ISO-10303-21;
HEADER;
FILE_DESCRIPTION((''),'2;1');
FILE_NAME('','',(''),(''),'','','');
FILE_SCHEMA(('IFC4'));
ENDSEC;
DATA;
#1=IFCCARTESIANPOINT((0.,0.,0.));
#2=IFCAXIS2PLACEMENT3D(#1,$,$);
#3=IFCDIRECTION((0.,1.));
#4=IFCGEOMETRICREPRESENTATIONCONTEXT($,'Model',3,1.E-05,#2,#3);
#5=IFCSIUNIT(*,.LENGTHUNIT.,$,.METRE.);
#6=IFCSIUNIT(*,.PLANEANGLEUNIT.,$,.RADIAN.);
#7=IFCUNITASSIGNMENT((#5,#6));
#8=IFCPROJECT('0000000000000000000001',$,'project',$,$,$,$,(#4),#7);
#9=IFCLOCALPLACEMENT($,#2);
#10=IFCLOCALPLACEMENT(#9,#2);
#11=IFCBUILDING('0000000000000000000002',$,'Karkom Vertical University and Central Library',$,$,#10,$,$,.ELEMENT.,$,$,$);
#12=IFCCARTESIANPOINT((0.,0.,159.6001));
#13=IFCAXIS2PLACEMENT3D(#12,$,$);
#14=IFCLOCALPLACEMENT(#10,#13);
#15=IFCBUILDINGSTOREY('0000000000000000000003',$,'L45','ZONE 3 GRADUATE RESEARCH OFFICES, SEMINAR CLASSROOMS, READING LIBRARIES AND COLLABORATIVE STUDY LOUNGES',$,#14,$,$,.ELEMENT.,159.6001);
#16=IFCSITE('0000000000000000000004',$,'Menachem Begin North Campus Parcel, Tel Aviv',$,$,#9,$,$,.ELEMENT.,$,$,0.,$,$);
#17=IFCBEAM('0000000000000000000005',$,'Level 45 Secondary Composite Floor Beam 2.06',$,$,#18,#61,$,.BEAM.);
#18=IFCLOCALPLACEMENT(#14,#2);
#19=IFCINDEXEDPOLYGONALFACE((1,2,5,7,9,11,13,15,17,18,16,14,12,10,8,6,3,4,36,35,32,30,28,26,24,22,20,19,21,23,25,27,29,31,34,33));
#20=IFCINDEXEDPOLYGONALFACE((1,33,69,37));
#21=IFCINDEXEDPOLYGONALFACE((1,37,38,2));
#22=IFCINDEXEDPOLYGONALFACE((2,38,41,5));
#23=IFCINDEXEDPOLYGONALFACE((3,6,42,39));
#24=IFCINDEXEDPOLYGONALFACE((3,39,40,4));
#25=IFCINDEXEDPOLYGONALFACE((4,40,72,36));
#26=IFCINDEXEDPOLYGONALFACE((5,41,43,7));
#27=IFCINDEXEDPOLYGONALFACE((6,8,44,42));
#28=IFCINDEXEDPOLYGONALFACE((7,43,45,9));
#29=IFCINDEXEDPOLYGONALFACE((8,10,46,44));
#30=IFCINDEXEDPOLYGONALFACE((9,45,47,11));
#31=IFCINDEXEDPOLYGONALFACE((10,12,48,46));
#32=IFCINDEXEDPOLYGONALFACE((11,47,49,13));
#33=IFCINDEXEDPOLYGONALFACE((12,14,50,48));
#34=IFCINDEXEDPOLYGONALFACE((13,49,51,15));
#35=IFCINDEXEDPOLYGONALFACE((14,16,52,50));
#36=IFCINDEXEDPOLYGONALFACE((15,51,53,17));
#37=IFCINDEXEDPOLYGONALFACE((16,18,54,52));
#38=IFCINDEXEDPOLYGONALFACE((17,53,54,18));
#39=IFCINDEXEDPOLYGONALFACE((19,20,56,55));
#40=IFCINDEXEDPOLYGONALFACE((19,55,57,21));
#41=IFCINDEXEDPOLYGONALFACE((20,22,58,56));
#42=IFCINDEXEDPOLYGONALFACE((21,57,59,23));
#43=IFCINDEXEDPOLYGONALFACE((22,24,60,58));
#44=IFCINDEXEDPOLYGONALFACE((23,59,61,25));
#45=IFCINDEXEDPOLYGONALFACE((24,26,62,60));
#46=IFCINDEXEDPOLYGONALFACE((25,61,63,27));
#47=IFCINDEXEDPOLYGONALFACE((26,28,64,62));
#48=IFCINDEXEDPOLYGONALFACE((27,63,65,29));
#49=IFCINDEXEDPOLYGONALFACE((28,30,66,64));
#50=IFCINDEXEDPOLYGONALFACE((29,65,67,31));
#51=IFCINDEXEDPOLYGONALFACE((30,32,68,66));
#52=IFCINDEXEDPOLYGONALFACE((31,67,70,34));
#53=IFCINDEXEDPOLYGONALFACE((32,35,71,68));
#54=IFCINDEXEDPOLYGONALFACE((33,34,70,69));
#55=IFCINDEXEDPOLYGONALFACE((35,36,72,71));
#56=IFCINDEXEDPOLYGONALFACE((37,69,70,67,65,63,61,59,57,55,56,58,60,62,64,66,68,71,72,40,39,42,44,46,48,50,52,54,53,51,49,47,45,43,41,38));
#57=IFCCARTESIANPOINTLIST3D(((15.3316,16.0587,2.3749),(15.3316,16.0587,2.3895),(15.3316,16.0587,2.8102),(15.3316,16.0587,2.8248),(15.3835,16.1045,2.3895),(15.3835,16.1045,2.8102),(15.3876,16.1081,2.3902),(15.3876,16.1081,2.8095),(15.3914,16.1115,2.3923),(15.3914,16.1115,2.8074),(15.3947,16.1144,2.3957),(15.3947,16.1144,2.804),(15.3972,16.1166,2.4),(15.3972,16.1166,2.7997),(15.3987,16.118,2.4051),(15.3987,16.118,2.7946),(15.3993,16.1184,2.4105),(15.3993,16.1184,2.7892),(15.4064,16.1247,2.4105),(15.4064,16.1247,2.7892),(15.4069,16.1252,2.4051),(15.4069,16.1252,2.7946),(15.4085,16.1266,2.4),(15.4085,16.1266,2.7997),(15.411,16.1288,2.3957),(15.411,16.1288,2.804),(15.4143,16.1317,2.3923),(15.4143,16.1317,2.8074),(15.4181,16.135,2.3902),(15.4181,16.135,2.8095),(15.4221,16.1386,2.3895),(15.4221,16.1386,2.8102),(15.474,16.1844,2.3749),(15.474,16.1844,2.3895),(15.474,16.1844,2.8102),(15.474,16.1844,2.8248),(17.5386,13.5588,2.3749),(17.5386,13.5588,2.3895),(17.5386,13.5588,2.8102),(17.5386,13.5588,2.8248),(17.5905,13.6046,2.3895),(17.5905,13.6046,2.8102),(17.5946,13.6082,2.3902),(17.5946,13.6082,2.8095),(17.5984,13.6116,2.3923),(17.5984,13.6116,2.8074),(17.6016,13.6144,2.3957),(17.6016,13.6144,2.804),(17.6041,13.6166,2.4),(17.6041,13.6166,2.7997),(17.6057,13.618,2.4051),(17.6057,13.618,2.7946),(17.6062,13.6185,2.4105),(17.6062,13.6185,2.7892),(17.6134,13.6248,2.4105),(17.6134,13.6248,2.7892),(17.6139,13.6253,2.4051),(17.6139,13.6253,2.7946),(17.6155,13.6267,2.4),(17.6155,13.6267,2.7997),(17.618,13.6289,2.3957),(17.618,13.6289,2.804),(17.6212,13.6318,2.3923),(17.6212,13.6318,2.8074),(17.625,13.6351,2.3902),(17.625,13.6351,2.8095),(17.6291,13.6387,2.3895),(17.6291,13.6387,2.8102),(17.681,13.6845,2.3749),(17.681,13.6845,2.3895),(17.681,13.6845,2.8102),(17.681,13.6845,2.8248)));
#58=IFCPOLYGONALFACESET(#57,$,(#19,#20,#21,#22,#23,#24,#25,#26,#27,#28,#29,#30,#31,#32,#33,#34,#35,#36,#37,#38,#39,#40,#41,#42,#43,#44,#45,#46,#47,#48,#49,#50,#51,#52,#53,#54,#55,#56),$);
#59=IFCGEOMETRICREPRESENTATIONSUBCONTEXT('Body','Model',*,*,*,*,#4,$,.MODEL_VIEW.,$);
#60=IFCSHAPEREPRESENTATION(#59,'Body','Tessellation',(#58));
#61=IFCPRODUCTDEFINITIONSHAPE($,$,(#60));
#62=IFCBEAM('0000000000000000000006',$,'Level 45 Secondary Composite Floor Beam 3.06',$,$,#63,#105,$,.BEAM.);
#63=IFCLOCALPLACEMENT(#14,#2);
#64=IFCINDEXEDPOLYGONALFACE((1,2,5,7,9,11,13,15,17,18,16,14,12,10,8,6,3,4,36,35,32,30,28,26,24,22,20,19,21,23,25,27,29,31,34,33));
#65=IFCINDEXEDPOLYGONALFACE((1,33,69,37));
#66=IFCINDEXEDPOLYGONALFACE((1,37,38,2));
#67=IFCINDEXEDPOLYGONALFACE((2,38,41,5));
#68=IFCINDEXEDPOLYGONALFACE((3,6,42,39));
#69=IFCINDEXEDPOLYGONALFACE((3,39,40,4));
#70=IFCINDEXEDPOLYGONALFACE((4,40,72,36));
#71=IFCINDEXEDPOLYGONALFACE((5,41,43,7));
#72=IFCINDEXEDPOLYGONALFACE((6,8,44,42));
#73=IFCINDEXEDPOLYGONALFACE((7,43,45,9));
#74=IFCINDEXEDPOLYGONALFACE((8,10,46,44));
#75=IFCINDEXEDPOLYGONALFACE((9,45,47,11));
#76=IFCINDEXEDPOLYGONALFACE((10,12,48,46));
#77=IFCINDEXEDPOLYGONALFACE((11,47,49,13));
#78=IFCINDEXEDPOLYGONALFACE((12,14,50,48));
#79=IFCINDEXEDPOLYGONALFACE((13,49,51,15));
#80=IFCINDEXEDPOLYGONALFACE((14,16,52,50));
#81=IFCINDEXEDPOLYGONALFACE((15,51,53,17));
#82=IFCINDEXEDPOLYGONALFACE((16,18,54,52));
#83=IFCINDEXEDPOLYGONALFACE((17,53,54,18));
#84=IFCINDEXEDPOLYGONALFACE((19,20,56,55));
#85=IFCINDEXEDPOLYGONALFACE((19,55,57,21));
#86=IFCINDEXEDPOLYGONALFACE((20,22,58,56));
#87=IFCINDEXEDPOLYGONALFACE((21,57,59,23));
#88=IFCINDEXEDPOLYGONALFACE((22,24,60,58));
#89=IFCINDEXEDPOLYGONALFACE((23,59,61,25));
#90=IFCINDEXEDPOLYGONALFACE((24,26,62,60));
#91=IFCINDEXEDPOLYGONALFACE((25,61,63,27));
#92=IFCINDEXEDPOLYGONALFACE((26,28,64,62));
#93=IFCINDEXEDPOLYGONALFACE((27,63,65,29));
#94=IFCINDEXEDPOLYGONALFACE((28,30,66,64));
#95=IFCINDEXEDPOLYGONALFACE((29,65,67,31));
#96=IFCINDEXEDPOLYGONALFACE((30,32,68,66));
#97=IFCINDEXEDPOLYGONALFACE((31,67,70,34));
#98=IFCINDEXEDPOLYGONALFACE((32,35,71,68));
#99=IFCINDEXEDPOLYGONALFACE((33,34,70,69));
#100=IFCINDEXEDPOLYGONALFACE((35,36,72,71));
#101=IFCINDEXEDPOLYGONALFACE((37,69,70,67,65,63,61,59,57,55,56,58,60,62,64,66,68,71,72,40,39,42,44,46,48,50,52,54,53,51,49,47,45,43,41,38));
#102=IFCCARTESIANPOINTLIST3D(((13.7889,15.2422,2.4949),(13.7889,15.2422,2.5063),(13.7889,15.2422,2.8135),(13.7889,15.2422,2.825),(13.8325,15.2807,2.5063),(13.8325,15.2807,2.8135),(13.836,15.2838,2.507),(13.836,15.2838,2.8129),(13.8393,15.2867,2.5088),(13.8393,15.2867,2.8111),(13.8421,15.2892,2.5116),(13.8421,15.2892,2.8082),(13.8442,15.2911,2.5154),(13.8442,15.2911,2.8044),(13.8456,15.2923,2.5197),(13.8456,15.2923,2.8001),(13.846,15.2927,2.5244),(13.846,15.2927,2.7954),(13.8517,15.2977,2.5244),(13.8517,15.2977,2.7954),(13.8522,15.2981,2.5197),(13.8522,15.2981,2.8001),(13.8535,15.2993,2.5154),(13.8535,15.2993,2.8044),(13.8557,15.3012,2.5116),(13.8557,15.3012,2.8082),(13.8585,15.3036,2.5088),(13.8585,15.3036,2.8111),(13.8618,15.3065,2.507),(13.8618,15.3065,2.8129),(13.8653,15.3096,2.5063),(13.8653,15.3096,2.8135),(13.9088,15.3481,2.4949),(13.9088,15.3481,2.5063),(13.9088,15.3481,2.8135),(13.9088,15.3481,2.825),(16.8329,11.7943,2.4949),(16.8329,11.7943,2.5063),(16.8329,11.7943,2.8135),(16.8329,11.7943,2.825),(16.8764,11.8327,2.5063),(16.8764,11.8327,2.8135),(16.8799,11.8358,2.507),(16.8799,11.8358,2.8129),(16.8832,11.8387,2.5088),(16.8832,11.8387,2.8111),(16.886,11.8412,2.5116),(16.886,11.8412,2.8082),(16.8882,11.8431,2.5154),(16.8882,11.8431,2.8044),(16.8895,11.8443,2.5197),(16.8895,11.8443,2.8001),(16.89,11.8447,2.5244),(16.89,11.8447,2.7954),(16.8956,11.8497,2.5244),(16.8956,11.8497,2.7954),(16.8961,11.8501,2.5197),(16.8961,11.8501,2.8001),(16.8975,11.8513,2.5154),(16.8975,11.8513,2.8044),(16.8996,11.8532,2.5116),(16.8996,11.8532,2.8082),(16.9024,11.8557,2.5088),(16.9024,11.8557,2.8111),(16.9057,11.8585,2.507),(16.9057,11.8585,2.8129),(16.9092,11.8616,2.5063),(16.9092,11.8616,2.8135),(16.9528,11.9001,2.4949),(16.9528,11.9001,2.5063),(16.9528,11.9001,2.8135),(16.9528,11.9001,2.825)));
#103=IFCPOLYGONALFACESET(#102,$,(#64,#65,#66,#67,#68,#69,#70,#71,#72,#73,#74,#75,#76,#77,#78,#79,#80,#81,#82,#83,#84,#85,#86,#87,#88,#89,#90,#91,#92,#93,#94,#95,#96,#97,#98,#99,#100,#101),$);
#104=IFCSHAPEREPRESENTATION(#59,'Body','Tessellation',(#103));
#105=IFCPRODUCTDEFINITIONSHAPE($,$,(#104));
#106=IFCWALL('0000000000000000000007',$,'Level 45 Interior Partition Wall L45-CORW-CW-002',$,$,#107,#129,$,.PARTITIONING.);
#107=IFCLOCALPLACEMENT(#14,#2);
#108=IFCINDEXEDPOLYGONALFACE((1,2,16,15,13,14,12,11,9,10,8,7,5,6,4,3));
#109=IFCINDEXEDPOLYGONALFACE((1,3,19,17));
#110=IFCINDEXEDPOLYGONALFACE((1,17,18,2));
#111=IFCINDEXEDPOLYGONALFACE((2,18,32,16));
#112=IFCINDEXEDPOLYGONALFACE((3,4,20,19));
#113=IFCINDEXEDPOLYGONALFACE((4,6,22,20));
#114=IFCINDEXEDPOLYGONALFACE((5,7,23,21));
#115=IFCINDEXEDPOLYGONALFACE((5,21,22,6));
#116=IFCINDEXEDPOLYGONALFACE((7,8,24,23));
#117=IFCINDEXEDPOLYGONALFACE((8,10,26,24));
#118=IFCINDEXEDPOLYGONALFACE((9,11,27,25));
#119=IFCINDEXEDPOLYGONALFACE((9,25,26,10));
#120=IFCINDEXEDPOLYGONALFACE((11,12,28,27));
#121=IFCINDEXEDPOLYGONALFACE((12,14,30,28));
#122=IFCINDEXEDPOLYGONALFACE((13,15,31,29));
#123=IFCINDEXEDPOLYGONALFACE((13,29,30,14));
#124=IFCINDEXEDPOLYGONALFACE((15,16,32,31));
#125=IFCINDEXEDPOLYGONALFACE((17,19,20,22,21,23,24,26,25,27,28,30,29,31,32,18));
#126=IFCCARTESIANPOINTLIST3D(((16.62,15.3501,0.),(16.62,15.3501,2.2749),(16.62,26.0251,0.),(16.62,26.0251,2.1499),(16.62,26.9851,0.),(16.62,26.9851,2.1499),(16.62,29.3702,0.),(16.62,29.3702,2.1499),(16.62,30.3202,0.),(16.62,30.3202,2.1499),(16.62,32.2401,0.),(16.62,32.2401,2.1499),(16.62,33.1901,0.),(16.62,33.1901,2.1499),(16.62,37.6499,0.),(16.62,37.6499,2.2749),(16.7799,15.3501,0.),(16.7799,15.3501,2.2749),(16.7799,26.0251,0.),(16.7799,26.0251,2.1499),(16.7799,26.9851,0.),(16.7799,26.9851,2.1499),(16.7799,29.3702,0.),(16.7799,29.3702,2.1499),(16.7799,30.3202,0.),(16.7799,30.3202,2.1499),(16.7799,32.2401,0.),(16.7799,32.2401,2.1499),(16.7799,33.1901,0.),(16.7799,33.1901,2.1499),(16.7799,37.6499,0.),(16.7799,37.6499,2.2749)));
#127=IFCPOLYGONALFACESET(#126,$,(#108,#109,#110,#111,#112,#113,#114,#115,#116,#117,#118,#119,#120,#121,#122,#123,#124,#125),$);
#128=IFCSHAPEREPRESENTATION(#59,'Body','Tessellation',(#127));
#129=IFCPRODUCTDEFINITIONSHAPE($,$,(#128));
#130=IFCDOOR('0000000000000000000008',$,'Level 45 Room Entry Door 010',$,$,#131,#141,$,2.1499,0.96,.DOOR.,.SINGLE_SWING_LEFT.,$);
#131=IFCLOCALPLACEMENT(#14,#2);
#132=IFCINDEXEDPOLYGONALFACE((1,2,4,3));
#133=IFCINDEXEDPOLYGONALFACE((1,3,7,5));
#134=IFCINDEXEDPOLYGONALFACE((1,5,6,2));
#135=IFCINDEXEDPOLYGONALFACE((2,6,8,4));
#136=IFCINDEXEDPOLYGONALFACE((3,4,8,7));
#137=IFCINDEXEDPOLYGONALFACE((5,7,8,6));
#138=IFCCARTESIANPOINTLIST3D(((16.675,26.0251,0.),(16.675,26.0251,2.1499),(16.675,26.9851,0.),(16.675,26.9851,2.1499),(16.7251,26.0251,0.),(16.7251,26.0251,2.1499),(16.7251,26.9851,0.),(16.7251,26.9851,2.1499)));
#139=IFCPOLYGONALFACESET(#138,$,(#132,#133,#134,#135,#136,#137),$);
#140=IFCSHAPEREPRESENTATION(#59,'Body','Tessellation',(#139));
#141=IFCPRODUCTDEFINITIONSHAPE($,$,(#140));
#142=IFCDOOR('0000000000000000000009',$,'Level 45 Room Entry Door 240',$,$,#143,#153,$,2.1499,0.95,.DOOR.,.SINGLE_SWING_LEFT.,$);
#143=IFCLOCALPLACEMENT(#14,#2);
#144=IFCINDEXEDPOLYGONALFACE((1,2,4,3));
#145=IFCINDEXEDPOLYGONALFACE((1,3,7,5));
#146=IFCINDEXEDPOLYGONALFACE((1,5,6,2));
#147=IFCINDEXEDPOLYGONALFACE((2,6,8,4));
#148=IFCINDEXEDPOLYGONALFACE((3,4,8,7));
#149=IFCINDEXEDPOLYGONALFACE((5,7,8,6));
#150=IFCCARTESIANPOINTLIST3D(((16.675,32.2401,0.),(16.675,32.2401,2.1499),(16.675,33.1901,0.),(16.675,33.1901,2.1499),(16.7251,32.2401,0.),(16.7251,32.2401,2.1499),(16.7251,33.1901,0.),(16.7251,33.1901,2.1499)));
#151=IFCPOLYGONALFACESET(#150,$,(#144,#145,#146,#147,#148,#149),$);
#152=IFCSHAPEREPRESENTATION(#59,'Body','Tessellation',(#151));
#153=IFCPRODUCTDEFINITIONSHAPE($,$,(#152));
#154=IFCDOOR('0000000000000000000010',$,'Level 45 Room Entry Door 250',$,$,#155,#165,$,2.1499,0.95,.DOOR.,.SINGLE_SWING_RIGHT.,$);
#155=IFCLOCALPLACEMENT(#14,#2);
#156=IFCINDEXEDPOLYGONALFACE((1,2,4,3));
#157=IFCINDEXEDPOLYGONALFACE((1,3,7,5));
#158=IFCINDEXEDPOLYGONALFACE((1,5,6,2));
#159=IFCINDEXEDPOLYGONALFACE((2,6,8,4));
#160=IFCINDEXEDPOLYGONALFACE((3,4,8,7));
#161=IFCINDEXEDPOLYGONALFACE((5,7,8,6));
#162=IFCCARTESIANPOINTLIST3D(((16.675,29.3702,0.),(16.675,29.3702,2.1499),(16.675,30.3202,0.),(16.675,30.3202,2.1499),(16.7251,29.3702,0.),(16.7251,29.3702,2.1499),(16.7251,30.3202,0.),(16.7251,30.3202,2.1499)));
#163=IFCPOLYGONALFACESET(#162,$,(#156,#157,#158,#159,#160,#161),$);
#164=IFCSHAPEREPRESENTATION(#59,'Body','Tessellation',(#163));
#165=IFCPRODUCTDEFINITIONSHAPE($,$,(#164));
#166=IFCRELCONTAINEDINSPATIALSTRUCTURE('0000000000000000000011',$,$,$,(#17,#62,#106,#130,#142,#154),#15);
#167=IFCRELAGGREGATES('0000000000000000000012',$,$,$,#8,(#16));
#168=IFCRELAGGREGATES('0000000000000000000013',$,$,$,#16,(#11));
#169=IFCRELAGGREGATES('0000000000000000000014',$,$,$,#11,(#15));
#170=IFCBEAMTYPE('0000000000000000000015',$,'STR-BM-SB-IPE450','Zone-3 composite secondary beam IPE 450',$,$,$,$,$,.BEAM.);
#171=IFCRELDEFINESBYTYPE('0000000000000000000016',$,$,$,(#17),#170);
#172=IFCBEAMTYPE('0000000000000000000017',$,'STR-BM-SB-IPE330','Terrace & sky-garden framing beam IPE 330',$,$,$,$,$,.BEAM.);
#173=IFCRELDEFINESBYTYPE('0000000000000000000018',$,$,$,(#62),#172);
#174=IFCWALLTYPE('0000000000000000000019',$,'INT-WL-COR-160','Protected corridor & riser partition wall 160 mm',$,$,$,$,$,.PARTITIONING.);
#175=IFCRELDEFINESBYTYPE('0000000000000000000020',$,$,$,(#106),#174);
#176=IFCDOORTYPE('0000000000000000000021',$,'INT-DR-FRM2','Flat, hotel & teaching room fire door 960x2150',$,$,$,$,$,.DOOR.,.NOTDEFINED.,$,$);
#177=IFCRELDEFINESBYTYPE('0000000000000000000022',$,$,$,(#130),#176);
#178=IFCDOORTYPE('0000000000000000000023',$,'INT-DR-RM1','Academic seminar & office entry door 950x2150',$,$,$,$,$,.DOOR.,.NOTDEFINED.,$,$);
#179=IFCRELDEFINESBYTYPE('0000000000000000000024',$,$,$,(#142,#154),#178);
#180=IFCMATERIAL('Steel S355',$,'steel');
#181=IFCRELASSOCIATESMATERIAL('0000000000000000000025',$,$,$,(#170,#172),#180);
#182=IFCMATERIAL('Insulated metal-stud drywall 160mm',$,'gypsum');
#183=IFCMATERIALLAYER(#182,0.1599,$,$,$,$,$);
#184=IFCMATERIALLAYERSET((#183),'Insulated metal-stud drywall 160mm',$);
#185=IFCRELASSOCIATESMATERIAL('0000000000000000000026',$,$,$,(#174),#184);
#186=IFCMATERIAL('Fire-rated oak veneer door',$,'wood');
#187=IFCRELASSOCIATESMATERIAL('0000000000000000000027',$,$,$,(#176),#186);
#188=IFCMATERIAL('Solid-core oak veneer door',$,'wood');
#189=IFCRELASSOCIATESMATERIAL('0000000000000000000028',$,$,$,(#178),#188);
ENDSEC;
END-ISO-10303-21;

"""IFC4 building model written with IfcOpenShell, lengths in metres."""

from ifc_helpers import new_model, si_unit, direction, frame, frame_2d, origin, origin_with_axes, origin_2d, place, context, subcontext, project, spatial, rectangle, i_section, extrude, source, transform, mapped, material, layer, layer_set, material_profile, profile_set, type_object, element, fill, save


model = new_model("IFC4")

# Units and contexts
model_context = context("Model", 3, precision=1e-05, world=origin(), true_north=direction((0.0, 1.0)))
body_context = subcontext(model_context, "Body", "Model", "MODEL_VIEW")
ifc_project = project(units=[si_unit("LENGTHUNIT", "METRE"), si_unit("PLANEANGLEUNIT", "RADIAN")], contexts=[model_context])

# Site, building, storey
site_placement = place(None, origin())
site = spatial("IfcSite", under=ifc_project, at=site_placement, Name="Menachem Begin North Campus Parcel, Tel Aviv", CompositionType="ELEMENT", RefElevation=0.0)
building_placement = place(site_placement, origin())
building = spatial("IfcBuilding", under=site, at=building_placement, Name="Karkom Vertical University and Central Library", CompositionType="ELEMENT")
storey_placement = place(building_placement, frame((0.0, 0.0, 159.6001)))
storey = spatial("IfcBuildingStorey", under=building, at=storey_placement, Name="L45", Description="ZONE 3 GRADUATE RESEARCH OFFICES, SEMINAR CLASSROOMS, READING LIBRARIES AND COLLABORATIVE STUDY LOUNGES", CompositionType="ELEMENT", Elevation=159.6001)

# Beams
ifc_material_1 = material(Name="Steel S355", Category="steel")
ifc_material_profile_1 = material_profile(ifc_material_1, i_section(OverallWidth=0.1899, OverallDepth=0.45, WebThickness=0.0095, FlangeThickness=0.0146, FilletRadius=0.021, at=origin_2d()), Name="IPE 450")
ifc_profile_set_1 = profile_set([ifc_material_profile_1], Name="Steel S355")
beam_type_1 = type_object("IfcBeamType", Name="STR-BM-SB-IPE450", Description="Zone-3 composite secondary beam IPE 450", PredefinedType="BEAM", material=ifc_profile_set_1)
shared_shape_1 = source(origin_with_axes(), body_context, "Body", "SweptSolid", [
    extrude(i_section(OverallWidth=0.1899, OverallDepth=0.45, WebThickness=0.0095, FlangeThickness=0.0146, FilletRadius=0.021, at=origin_2d()), origin(), (0.0, 0.0, 1.0), 3.3347),
])
beam_1_placement = place(storey_placement, frame((15.4028, 16.1216, 2.5999), z_axis=(0.661815, -0.749667, 0.0), x_axis=(0.749667, 0.661815, 0.0)))
element("IfcBeam", 1, at=beam_1_placement, inside=storey, type_object=beam_type_1, Name="Level 45 Secondary Composite Floor Beam 2.06", PredefinedType="BEAM", context=body_context, shape_type="MappedRepresentation", body=[
    mapped(shared_shape_1, transform((0.0, 0.0, 0.0), scale=1.0)),
])
ifc_material_profile_2 = material_profile(ifc_material_1, i_section(OverallWidth=0.1599, OverallDepth=0.3301, WebThickness=0.0076, FlangeThickness=0.0115, FilletRadius=0.0181, at=origin_2d()), Name="IPE 330")
ifc_profile_set_2 = profile_set([ifc_material_profile_2], Name="Steel S355")
beam_type_2 = type_object("IfcBeamType", Name="STR-BM-SB-IPE330", Description="Terrace & sky-garden framing beam IPE 330", PredefinedType="BEAM", material=ifc_profile_set_2)
shared_shape_2 = source(origin_with_axes(), body_context, "Body", "SweptSolid", [
    extrude(i_section(OverallWidth=0.1599, OverallDepth=0.3301, WebThickness=0.0076, FlangeThickness=0.0115, FilletRadius=0.0181, at=origin_2d()), origin(), (0.0, 0.0, 1.0), 4.5994),
])
beam_2_placement = place(storey_placement, frame((13.8489, 15.2952, 2.6599), z_axis=(0.661816, -0.749666, 0.0), x_axis=(0.749666, 0.661816, 0.0)))
element("IfcBeam", 2, at=beam_2_placement, inside=storey, type_object=beam_type_2, Name="Level 45 Secondary Composite Floor Beam 3.06", PredefinedType="BEAM", context=body_context, shape_type="MappedRepresentation", body=[
    mapped(shared_shape_2, transform((0.0, 0.0, 0.0), scale=1.0)),
])

# Wall, openings, doors
ifc_material_2 = material(Name="Insulated metal-stud drywall 160mm", Category="gypsum")
ifc_layer_1 = layer(ifc_material_2, 0.1599)
ifc_layer_set_1 = layer_set([ifc_layer_1], Name="Insulated metal-stud drywall 160mm")
wall_type_1 = type_object("IfcWallType", Name="INT-WL-COR-160", Description="Protected corridor & riser partition wall 160 mm", PredefinedType="PARTITIONING", material=ifc_layer_set_1)
wall_1_placement = place(storey_placement, frame((16.7, 15.3501, 0.0), z_axis=(0.0, 0.0, 1.0), x_axis=(0.0, 1.0, 0.0)))
wall_1 = element("IfcWall", 3, at=wall_1_placement, inside=storey, type_object=wall_type_1, Name="Level 45 Interior Partition Wall L45-CORW-CW-002", PredefinedType="PARTITIONING", context=body_context, shape_type="SweptSolid", body=[
    extrude(rectangle(XDim=22.2998, YDim=0.1599, at=frame_2d((11.1499, 0.0))), origin(), (0.0, 0.0, 1.0), 2.2749),
])
opening_1_placement = place(wall_1_placement, frame((10.675, 0.0, 0.0)))
opening_1 = element("IfcOpeningElement", 4, at=opening_1_placement, cuts=wall_1, PredefinedType="OPENING", context=body_context, shape_type="SweptSolid", body=[
    extrude(rectangle(XDim=0.96, YDim=2.1499, at=frame_2d((0.48, 1.075))), frame((0.0, 0.0898, 0.0), z_axis=(0.0, -1.0, 0.0), x_axis=(1.0, 0.0, 0.0)), (0.0, 0.0, 1.0), 0.1799),
])
opening_2_placement = place(wall_1_placement, frame((16.8899, 0.0, 0.0)))
opening_2 = element("IfcOpeningElement", 5, at=opening_2_placement, cuts=wall_1, PredefinedType="OPENING", context=body_context, shape_type="SweptSolid", body=[
    extrude(rectangle(XDim=0.95, YDim=2.1499, at=frame_2d((0.4751, 1.075))), frame((0.0, 0.0898, 0.0), z_axis=(0.0, -1.0, 0.0), x_axis=(1.0, 0.0, 0.0)), (0.0, 0.0, 1.0), 0.1799),
])
opening_3_placement = place(wall_1_placement, frame((14.02, 0.0, 0.0)))
opening_3 = element("IfcOpeningElement", 6, at=opening_3_placement, cuts=wall_1, PredefinedType="OPENING", context=body_context, shape_type="SweptSolid", body=[
    extrude(rectangle(XDim=0.95, YDim=2.1499, at=frame_2d((0.4751, 1.075))), frame((0.0, 0.0898, 0.0), z_axis=(0.0, -1.0, 0.0), x_axis=(1.0, 0.0, 0.0)), (0.0, 0.0, 1.0), 0.1799),
])
ifc_material_3 = material(Name="Fire-rated oak veneer door", Category="wood")
door_type_1 = type_object("IfcDoorType", Name="INT-DR-FRM2", Description="Flat, hotel & teaching room fire door 960x2150", OperationType="NOTDEFINED", PredefinedType="DOOR", material=ifc_material_3)
shared_shape_3 = source(origin_with_axes(), body_context, "Body", "SweptSolid", [
    extrude(rectangle(XDim=0.96, YDim=2.1499, at=frame_2d((0.48, 1.075))), frame((0.0, 0.0249, 0.0), z_axis=(0.0, -1.0, 0.0), x_axis=(1.0, 0.0, 0.0)), (0.0, 0.0, 1.0), 0.05),
])
door_1_placement = place(opening_1_placement, origin())
door_1 = element("IfcDoor", 7, at=door_1_placement, inside=storey, type_object=door_type_1, Name="Level 45 Room Entry Door 010", OperationType="SINGLE_SWING_LEFT", OverallHeight=2.1499, OverallWidth=0.96, PredefinedType="DOOR", context=body_context, shape_type="MappedRepresentation", body=[
    mapped(shared_shape_3, transform((0.0, 0.0, 0.0), scale=1.0)),
])
fill(opening_1, door_1)
ifc_material_4 = material(Name="Solid-core oak veneer door", Category="wood")
door_type_2 = type_object("IfcDoorType", Name="INT-DR-RM1", Description="Academic seminar & office entry door 950x2150", OperationType="NOTDEFINED", PredefinedType="DOOR", material=ifc_material_4)
shared_shape_4 = source(origin_with_axes(), body_context, "Body", "SweptSolid", [
    extrude(rectangle(XDim=0.95, YDim=2.1499, at=frame_2d((0.4751, 1.075))), frame((0.0, 0.0249, 0.0), z_axis=(0.0, -1.0, 0.0), x_axis=(1.0, 0.0, 0.0)), (0.0, 0.0, 1.0), 0.05),
])
door_2_placement = place(opening_2_placement, origin())
door_2 = element("IfcDoor", 8, at=door_2_placement, inside=storey, type_object=door_type_2, Name="Level 45 Room Entry Door 240", OperationType="SINGLE_SWING_LEFT", OverallHeight=2.1499, OverallWidth=0.95, PredefinedType="DOOR", context=body_context, shape_type="MappedRepresentation", body=[
    mapped(shared_shape_4, transform((0.0, 0.0, 0.0), scale=1.0)),
])
fill(opening_2, door_2)
door_3_placement = place(opening_3_placement, origin())
door_3 = element("IfcDoor", 9, at=door_3_placement, inside=storey, type_object=door_type_2, Name="Level 45 Room Entry Door 250", OperationType="SINGLE_SWING_RIGHT", OverallHeight=2.1499, OverallWidth=0.95, PredefinedType="DOOR", context=body_context, shape_type="MappedRepresentation", body=[
    mapped(shared_shape_4, transform((0.0, 0.0, 0.0), scale=1.0)),
])
fill(opening_3, door_3)

save(model, "model.ifc")
